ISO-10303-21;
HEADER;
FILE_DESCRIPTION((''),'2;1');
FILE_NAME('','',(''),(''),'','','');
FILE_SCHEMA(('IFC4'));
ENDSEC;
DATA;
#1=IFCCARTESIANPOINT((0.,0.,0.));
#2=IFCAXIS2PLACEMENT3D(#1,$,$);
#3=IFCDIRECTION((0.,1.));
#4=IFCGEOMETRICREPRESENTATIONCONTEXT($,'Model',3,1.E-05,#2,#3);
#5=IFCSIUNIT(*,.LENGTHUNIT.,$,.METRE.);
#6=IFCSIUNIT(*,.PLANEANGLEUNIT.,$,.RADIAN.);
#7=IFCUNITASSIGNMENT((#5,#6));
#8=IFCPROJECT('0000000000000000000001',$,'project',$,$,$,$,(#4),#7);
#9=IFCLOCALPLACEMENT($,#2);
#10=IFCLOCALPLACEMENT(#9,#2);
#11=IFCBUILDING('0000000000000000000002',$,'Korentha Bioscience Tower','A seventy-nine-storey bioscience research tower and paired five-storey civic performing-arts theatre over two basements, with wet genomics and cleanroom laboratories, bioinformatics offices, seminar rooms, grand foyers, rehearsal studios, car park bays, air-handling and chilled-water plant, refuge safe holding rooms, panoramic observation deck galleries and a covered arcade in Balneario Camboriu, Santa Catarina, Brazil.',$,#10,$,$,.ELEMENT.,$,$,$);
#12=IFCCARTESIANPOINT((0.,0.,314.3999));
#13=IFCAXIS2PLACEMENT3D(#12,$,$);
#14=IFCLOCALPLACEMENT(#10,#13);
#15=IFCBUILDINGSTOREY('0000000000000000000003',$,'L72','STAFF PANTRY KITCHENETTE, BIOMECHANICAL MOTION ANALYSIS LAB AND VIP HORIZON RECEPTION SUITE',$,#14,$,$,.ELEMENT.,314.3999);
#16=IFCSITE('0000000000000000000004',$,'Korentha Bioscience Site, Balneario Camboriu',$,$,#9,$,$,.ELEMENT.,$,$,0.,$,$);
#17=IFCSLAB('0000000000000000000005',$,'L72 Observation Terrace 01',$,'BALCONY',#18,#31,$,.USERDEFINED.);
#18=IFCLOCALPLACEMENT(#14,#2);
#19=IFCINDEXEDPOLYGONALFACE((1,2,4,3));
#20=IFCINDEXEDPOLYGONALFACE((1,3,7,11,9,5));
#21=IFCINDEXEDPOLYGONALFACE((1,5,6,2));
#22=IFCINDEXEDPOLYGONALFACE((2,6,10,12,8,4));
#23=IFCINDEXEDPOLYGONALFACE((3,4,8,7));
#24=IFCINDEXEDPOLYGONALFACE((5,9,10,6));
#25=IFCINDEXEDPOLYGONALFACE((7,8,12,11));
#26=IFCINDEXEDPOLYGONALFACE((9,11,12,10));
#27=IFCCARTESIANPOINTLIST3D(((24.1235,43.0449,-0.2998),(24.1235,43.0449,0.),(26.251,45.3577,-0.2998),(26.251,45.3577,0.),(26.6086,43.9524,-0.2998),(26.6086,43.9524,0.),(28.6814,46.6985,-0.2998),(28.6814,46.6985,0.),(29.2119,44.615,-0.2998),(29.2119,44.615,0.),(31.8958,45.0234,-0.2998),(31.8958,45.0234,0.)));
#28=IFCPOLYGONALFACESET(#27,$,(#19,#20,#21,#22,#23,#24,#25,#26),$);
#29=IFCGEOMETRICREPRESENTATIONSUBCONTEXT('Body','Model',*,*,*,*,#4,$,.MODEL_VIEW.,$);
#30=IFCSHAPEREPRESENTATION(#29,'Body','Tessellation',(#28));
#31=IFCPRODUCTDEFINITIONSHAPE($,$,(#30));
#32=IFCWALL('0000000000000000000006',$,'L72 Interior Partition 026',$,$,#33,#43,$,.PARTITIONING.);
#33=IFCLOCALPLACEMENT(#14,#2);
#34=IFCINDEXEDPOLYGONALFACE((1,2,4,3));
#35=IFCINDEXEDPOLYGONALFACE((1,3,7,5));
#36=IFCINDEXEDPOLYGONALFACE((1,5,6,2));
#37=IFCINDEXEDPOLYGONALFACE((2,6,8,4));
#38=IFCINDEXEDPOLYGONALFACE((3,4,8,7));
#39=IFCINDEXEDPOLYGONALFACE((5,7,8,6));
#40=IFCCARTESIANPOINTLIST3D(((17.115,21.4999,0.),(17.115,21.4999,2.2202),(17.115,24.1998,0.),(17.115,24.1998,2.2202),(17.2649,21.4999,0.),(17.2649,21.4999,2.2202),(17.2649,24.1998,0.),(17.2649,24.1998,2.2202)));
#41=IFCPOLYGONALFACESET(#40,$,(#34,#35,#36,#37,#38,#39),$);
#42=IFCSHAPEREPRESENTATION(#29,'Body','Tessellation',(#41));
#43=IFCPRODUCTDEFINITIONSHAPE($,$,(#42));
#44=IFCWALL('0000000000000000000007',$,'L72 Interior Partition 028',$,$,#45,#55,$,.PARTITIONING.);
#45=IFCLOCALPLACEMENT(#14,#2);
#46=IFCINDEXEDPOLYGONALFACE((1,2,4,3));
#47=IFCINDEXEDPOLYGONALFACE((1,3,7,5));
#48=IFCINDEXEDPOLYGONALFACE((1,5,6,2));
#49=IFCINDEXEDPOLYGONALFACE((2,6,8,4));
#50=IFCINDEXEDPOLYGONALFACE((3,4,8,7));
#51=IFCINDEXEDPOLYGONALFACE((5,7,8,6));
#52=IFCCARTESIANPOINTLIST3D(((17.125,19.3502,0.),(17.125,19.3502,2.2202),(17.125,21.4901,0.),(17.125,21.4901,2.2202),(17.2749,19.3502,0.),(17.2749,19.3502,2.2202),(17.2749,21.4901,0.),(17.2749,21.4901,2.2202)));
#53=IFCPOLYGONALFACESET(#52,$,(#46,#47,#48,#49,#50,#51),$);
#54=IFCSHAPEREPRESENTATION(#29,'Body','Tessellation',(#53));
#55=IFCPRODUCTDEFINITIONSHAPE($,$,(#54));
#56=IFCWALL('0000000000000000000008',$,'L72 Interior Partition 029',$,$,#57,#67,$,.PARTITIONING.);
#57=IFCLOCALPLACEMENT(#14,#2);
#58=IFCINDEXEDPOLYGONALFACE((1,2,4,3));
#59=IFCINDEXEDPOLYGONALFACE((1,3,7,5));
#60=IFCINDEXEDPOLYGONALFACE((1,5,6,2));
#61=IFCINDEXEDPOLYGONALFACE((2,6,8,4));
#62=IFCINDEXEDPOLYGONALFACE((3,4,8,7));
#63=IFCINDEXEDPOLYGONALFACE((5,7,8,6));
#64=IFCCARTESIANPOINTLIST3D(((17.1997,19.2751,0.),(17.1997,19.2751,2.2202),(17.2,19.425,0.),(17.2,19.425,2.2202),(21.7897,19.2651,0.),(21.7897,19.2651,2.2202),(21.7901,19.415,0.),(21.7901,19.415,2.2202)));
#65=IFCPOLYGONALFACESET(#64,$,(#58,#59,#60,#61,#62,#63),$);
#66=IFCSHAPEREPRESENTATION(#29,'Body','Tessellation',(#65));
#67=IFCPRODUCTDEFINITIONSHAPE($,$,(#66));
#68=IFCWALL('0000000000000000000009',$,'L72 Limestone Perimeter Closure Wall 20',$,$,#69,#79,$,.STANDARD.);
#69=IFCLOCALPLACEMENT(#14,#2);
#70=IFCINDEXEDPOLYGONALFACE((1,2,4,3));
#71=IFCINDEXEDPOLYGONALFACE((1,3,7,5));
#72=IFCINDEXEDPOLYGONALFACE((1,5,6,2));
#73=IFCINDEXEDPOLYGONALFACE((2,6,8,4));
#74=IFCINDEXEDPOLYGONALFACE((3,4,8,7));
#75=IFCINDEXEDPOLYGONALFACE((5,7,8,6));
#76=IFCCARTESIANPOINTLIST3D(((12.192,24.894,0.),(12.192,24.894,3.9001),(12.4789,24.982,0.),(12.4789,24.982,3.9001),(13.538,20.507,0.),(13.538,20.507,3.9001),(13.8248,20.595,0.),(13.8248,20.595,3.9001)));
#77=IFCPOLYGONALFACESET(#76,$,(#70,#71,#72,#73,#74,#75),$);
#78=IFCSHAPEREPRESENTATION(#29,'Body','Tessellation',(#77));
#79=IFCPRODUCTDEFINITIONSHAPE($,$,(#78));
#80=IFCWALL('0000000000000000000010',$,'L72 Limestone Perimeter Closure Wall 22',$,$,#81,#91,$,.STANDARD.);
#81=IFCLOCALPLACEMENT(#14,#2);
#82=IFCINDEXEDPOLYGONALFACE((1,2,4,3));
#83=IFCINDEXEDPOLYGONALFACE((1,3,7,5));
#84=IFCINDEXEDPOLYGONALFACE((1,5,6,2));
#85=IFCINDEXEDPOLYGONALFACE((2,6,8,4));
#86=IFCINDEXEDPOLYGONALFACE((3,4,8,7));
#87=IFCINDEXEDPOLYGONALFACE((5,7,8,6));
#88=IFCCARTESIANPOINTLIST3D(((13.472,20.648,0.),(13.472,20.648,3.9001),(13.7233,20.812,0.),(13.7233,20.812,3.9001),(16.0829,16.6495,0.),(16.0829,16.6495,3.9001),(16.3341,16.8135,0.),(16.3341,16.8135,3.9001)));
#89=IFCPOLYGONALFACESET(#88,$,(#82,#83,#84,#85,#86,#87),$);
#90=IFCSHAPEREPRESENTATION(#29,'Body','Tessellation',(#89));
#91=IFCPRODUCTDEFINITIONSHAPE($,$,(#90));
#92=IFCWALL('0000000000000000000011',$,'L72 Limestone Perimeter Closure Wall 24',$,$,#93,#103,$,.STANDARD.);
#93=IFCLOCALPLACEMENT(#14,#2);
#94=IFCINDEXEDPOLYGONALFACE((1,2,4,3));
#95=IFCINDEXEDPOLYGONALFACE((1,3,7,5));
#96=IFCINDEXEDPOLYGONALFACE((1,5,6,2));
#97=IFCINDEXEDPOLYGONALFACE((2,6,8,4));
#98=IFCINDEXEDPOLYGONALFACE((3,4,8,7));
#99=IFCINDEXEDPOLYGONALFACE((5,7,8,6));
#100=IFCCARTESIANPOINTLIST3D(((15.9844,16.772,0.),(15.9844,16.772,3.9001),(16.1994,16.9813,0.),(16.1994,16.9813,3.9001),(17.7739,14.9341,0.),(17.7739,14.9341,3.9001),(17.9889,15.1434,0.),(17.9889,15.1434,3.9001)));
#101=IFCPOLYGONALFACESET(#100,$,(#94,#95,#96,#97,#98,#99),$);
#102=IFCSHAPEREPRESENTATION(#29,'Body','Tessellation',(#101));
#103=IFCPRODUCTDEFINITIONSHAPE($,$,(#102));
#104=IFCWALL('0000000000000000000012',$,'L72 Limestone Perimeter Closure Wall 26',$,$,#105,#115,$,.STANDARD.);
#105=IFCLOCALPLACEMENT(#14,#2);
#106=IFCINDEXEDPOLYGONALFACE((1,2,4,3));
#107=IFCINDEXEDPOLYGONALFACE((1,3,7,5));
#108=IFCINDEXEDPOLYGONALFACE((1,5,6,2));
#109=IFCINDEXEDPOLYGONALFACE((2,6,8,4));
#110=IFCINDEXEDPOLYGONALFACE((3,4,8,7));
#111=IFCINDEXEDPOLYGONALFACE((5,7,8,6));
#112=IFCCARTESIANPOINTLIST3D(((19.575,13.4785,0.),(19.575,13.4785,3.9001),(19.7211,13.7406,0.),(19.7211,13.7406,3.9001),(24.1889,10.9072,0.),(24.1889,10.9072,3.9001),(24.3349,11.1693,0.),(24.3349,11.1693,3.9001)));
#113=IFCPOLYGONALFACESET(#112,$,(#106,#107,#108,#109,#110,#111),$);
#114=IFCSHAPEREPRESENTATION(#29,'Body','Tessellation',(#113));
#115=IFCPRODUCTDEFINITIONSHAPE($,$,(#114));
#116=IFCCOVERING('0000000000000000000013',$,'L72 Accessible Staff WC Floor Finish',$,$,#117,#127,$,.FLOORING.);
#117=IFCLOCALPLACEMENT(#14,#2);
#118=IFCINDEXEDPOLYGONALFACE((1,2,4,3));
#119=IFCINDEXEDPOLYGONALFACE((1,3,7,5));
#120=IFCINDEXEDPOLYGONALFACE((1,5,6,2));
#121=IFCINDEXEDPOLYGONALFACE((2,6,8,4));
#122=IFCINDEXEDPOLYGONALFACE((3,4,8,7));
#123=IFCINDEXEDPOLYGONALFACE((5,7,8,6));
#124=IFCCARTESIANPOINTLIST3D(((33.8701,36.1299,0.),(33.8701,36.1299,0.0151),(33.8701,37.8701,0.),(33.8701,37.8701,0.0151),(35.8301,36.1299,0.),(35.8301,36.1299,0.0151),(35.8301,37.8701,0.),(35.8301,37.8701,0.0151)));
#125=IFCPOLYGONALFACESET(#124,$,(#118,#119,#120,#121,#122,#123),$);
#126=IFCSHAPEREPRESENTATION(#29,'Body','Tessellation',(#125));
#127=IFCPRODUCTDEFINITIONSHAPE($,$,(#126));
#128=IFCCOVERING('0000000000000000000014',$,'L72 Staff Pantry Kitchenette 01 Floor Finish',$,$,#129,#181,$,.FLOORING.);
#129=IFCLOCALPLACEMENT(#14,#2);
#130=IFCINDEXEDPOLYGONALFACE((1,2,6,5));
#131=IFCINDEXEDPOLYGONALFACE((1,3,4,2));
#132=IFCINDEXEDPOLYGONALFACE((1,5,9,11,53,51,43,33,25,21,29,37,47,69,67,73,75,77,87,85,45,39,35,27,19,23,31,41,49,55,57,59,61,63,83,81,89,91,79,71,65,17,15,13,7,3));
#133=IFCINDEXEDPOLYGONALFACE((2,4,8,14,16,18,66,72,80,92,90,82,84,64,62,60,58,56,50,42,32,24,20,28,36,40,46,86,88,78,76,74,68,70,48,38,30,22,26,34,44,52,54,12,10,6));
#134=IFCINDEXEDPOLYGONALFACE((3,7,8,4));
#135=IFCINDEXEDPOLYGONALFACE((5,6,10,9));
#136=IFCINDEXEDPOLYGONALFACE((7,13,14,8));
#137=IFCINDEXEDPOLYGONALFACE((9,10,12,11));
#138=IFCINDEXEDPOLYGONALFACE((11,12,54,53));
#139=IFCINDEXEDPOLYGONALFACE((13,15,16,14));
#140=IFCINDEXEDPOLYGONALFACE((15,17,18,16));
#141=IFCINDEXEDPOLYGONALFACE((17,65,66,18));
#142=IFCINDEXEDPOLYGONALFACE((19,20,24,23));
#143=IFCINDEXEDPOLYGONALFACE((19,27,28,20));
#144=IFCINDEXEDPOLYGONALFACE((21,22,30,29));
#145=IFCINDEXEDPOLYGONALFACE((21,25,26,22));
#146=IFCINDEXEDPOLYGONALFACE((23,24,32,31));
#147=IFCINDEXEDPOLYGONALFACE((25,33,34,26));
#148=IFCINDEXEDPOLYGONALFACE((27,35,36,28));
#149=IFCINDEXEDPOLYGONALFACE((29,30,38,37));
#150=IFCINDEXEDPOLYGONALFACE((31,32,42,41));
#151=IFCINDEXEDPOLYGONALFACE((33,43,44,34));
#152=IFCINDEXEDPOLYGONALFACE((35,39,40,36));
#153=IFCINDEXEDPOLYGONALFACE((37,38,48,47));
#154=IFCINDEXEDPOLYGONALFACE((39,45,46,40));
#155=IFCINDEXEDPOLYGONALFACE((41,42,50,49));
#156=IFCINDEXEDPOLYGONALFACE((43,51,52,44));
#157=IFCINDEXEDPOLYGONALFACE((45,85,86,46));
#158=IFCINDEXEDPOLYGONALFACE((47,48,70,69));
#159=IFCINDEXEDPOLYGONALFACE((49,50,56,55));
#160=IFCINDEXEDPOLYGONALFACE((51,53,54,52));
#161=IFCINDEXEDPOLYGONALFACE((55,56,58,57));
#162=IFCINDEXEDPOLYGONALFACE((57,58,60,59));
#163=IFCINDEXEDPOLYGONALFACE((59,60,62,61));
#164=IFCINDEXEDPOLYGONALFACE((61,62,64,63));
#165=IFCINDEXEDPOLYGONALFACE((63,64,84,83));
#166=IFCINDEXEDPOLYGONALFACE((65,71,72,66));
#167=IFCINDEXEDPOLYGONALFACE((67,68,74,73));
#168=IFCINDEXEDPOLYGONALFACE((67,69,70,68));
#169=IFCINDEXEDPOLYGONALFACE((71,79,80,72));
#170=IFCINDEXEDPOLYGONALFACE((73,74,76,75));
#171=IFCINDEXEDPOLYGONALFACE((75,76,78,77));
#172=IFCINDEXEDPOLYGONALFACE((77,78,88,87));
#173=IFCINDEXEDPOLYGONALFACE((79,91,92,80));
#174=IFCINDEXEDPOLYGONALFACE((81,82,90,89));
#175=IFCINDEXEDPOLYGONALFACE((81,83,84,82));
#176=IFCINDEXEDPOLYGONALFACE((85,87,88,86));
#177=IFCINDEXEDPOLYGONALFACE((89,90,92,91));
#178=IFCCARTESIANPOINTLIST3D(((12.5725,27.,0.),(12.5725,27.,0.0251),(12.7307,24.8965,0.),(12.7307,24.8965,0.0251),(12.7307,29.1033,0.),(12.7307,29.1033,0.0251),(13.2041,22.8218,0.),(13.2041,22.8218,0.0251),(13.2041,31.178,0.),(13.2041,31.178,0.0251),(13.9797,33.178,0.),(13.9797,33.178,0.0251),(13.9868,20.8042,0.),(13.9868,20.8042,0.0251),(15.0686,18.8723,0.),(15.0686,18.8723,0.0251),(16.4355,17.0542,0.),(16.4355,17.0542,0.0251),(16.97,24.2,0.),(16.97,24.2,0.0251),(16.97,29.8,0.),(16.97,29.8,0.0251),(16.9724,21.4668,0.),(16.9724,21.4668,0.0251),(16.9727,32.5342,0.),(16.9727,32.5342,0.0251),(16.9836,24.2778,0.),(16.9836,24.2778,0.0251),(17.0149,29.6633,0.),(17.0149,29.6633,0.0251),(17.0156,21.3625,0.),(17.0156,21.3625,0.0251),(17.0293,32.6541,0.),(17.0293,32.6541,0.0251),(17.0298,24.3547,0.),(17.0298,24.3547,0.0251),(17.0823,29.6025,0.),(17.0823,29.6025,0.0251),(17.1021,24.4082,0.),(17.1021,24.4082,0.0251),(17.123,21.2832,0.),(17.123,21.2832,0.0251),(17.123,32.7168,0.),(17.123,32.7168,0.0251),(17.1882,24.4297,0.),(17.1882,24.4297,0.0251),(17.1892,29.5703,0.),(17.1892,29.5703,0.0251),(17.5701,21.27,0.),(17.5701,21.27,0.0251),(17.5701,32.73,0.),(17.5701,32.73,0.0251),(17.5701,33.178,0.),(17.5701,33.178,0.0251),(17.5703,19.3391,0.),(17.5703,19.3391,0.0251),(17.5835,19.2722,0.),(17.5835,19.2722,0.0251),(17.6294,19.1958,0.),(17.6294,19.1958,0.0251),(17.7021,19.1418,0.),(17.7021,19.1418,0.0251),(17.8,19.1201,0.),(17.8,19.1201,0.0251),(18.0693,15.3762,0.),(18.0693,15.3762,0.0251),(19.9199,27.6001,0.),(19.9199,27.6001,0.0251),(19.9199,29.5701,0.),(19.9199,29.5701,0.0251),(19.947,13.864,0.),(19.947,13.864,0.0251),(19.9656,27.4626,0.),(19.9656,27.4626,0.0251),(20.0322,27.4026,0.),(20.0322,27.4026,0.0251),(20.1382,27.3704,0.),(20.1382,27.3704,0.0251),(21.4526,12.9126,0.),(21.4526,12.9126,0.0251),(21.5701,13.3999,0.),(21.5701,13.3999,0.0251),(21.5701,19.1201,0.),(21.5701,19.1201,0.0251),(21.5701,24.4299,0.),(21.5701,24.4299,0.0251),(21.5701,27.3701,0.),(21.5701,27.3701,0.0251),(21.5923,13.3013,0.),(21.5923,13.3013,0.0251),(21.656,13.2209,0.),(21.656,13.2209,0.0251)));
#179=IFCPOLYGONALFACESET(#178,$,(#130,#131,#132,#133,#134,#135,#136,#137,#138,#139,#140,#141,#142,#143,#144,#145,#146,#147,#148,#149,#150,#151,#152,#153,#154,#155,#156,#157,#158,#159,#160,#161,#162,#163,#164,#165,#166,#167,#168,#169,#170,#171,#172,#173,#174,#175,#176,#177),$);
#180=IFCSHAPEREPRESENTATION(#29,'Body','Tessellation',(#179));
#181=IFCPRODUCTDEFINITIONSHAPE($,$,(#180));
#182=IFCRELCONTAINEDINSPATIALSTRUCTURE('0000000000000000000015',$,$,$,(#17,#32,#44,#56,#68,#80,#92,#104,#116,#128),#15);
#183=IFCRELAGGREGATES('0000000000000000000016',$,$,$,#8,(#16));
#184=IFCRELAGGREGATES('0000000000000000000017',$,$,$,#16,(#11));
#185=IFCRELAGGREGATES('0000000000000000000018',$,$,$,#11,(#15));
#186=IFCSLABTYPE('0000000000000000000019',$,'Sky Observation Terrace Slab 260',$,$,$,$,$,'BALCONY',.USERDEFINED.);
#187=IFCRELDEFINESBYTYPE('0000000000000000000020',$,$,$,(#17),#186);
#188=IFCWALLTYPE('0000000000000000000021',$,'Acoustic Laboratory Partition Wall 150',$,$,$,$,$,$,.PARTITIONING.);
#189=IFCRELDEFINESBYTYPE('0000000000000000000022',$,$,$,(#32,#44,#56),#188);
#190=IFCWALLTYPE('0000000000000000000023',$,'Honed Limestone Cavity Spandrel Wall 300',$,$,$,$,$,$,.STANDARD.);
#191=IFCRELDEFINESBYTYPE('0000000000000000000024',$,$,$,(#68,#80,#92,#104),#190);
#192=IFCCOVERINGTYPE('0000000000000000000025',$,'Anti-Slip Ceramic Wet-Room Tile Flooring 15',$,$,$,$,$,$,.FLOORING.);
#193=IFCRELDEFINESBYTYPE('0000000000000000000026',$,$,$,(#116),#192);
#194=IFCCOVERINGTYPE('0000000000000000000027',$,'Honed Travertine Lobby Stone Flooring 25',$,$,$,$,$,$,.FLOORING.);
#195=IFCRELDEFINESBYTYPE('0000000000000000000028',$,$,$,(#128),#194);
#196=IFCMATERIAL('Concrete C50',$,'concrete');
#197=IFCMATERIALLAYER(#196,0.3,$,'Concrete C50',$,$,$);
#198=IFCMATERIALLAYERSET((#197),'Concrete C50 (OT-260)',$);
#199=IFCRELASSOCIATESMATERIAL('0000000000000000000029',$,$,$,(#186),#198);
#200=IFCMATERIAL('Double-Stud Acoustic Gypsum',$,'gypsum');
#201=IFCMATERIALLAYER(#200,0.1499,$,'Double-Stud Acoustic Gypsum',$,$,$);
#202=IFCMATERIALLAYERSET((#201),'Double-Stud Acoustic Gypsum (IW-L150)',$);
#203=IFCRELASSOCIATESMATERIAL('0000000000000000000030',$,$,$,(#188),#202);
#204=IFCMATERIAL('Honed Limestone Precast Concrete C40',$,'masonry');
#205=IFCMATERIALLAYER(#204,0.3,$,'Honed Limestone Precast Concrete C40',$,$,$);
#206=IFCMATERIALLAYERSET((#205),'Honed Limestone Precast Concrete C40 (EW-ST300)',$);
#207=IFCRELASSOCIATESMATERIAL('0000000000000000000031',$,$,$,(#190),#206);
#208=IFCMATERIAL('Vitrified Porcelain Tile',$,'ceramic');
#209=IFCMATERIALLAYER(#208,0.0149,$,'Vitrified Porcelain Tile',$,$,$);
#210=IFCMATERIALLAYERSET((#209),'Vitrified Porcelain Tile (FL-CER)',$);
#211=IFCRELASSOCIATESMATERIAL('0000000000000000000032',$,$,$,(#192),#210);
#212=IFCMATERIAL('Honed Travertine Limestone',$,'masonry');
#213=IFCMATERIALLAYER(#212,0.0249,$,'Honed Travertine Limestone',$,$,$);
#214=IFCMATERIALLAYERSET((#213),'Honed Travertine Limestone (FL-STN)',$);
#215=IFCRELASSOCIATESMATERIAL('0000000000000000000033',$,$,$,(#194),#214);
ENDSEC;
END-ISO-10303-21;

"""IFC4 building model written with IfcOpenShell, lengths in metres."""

from ifc_helpers import new_model, si_unit, direction, frame, frame_2d, origin, place, context, subcontext, project, spatial, polyline, rectangle, outline, extrude, material, layer, layer_set, type_object, element, save


model = new_model("IFC4")

# Units and contexts
model_context = context("Model", 3, precision=1e-05, world=origin(), true_north=direction((0.0, 1.0)))
body_context = subcontext(model_context, "Body", "Model", "MODEL_VIEW")
ifc_project = project(units=[si_unit("LENGTHUNIT", "METRE"), si_unit("PLANEANGLEUNIT", "RADIAN")], contexts=[model_context])

# Site, building, storey
site_placement = place(None, origin())
site = spatial("IfcSite", under=ifc_project, at=site_placement, Name="Korentha Bioscience Site, Balneario Camboriu", CompositionType="ELEMENT", RefElevation=0.0)
building_placement = place(site_placement, origin())
building = spatial("IfcBuilding", under=site, at=building_placement, Name="Korentha Bioscience Tower", Description="A seventy-nine-storey bioscience research tower and paired five-storey civic performing-arts theatre over two basements, with wet genomics and cleanroom laboratories, bioinformatics offices, seminar rooms, grand foyers, rehearsal studios, car park bays, air-handling and chilled-water plant, refuge safe holding rooms, panoramic observation deck galleries and a covered arcade in Balneario Camboriu, Santa Catarina, Brazil.", CompositionType="ELEMENT")
storey_placement = place(building_placement, frame((0.0, 0.0, 314.3999)))
storey = spatial("IfcBuildingStorey", under=building, at=storey_placement, Name="L72", Description="STAFF PANTRY KITCHENETTE, BIOMECHANICAL MOTION ANALYSIS LAB AND VIP HORIZON RECEPTION SUITE", CompositionType="ELEMENT", Elevation=314.3999)

# Shared definitions
ifc_material_1 = material(Name="Concrete C50", Category="concrete")

# Slab
ifc_layer_1 = layer(ifc_material_1, 0.3, Name="Concrete C50")
ifc_layer_set_1 = layer_set([ifc_layer_1], Name="Concrete C50 (OT-260)")
slab_type_1 = type_object("IfcSlabType", Name="Sky Observation Terrace Slab 260", ElementType="BALCONY", PredefinedType="USERDEFINED", material=ifc_layer_set_1)
slab_1_placement = place(storey_placement, frame((0.0, 0.0, -0.2998)))
element("IfcSlab", 1, at=slab_1_placement, inside=storey, type_object=slab_type_1, Name="L72 Observation Terrace 01", ObjectType="BALCONY", PredefinedType="USERDEFINED", context=body_context, shape_type="SweptSolid", body=[
    extrude(outline(polyline([(24.1235, 43.0449), (26.6086, 43.9524), (29.2119, 44.615), (31.8958, 45.0234), (28.6814, 46.6985), (26.251, 45.3577), (24.1235, 43.0449)])), origin(), (0.0, 0.0, 1.0), 0.2998),
])

# Walls
ifc_material_2 = material(Name="Double-Stud Acoustic Gypsum", Category="gypsum")
ifc_layer_2 = layer(ifc_material_2, 0.1499, Name="Double-Stud Acoustic Gypsum")
ifc_layer_set_2 = layer_set([ifc_layer_2], Name="Double-Stud Acoustic Gypsum (IW-L150)")
wall_type_1 = type_object("IfcWallType", Name="Acoustic Laboratory Partition Wall 150", PredefinedType="PARTITIONING", material=ifc_layer_set_2)
wall_1_placement = place(storey_placement, frame((17.1899, 24.2, 0.0), z_axis=(0.0, 0.0, 1.0), x_axis=(0.0, -1.0, 0.0)))
element("IfcWall", 2, at=wall_1_placement, inside=storey, type_object=wall_type_1, Name="L72 Interior Partition 026", PredefinedType="PARTITIONING", context=body_context, shape_type="SweptSolid", body=[
    extrude(rectangle(XDim=2.7, YDim=0.1499, at=frame_2d((1.3501, 0.0))), origin(), (0.0, 0.0, 1.0), 2.2202),
])
wall_2_placement = place(storey_placement, frame((17.2, 21.49, 0.0), z_axis=(0.0, 0.0, 1.0), x_axis=(0.0, -1.0, 0.0)))
element("IfcWall", 3, at=wall_2_placement, inside=storey, type_object=wall_type_1, Name="L72 Interior Partition 028", PredefinedType="PARTITIONING", context=body_context, shape_type="SweptSolid", body=[
    extrude(rectangle(XDim=2.1399, YDim=0.1499, at=frame_2d((1.0698, 0.0))), origin(), (0.0, 0.0, 1.0), 2.2202),
])
wall_3_placement = place(storey_placement, frame((17.2, 19.3501, 0.0), z_axis=(0.0, 0.0, 1.0), x_axis=(0.999998, -0.002181, 0.0)))
element("IfcWall", 4, at=wall_3_placement, inside=storey, type_object=wall_type_1, Name="L72 Interior Partition 029", PredefinedType="PARTITIONING", context=body_context, shape_type="SweptSolid", body=[
    extrude(rectangle(XDim=4.5901, YDim=0.1499, at=frame_2d((2.2949, 0.0))), origin(), (0.0, 0.0, 1.0), 2.2202),
])
ifc_material_3 = material(Name="Honed Limestone Precast Concrete C40", Category="masonry")
ifc_layer_3 = layer(ifc_material_3, 0.3, Name="Honed Limestone Precast Concrete C40")
ifc_layer_set_3 = layer_set([ifc_layer_3], Name="Honed Limestone Precast Concrete C40 (EW-ST300)")
wall_type_2 = type_object("IfcWallType", Name="Honed Limestone Cavity Spandrel Wall 300", PredefinedType="STANDARD", material=ifc_layer_set_3)
wall_4_placement = place(storey_placement, frame((12.3354, 24.938, 0.0), z_axis=(0.0, 0.0, 1.0), x_axis=(0.293312, -0.956017, 0.0)))
element("IfcWall", 5, at=wall_4_placement, inside=storey, type_object=wall_type_2, Name="L72 Limestone Perimeter Closure Wall 20", PredefinedType="STANDARD", context=body_context, shape_type="SweptSolid", body=[
    extrude(rectangle(XDim=4.5889, YDim=0.3, at=frame_2d((2.2944, 0.0))), origin(), (0.0, 0.0, 1.0), 3.9001),
])
wall_5_placement = place(storey_placement, frame((13.5977, 20.73, 0.0), z_axis=(0.0, 0.0, 1.0), x_axis=(0.546723, -0.837313, 0.0)))
element("IfcWall", 6, at=wall_5_placement, inside=storey, type_object=wall_type_2, Name="L72 Limestone Perimeter Closure Wall 22", PredefinedType="STANDARD", context=body_context, shape_type="SweptSolid", body=[
    extrude(rectangle(XDim=4.7754, YDim=0.3, at=frame_2d((2.3877, 0.0))), origin(), (0.0, 0.0, 1.0), 3.9001),
])
wall_6_placement = place(storey_placement, frame((16.0918, 16.8767, 0.0), z_axis=(0.0, 0.0, 1.0), x_axis=(0.697622, -0.716466, 0.0)))
element("IfcWall", 7, at=wall_6_placement, inside=storey, type_object=wall_type_2, Name="L72 Limestone Perimeter Closure Wall 24", PredefinedType="STANDARD", context=body_context, shape_type="SweptSolid", body=[
    extrude(rectangle(XDim=2.5652, YDim=0.3, at=frame_2d((1.2827, 0.0))), origin(), (0.0, 0.0, 1.0), 3.9001),
])
wall_7_placement = place(storey_placement, frame((19.6479, 13.6096, 0.0), z_axis=(0.0, 0.0, 1.0), x_axis=(0.873507, -0.486812, 0.0)))
element("IfcWall", 8, at=wall_7_placement, inside=storey, type_object=wall_type_2, Name="L72 Limestone Perimeter Closure Wall 26", PredefinedType="STANDARD", context=body_context, shape_type="SweptSolid", body=[
    extrude(rectangle(XDim=5.282, YDim=0.3, at=frame_2d((2.6411, 0.0))), origin(), (0.0, 0.0, 1.0), 3.9001),
])

# Coverings
ifc_material_4 = material(Name="Vitrified Porcelain Tile", Category="ceramic")
ifc_layer_4 = layer(ifc_material_4, 0.0149, Name="Vitrified Porcelain Tile")
ifc_layer_set_4 = layer_set([ifc_layer_4], Name="Vitrified Porcelain Tile (FL-CER)")
covering_type_1 = type_object("IfcCoveringType", Name="Anti-Slip Ceramic Wet-Room Tile Flooring 15", PredefinedType="FLOORING", material=ifc_layer_set_4)
covering_1_placement = place(storey_placement, origin())
element("IfcCovering", 9, at=covering_1_placement, inside=storey, type_object=covering_type_1, Name="L72 Accessible Staff WC Floor Finish", PredefinedType="FLOORING", context=body_context, shape_type="SweptSolid", body=[
    extrude(outline(polyline([(33.8701, 36.1299), (33.8701, 37.8701), (35.8301, 37.8701), (35.8301, 36.1299), (33.8701, 36.1299)])), origin(), (0.0, 0.0, 1.0), 0.0151),
])
ifc_material_5 = material(Name="Honed Travertine Limestone", Category="masonry")
ifc_layer_5 = layer(ifc_material_5, 0.0249, Name="Honed Travertine Limestone")
ifc_layer_set_5 = layer_set([ifc_layer_5], Name="Honed Travertine Limestone (FL-STN)")
covering_type_2 = type_object("IfcCoveringType", Name="Honed Travertine Lobby Stone Flooring 25", PredefinedType="FLOORING", material=ifc_layer_set_5)
covering_2_placement = place(storey_placement, origin())
element("IfcCovering", 10, at=covering_2_placement, inside=storey, type_object=covering_type_2, Name="L72 Staff Pantry Kitchenette 01 Floor Finish", PredefinedType="FLOORING", context=body_context, shape_type="SweptSolid", body=[
    extrude(outline(polyline([(12.5725, 27.0), (12.7307, 29.1033), (13.2041, 31.178), (13.9797, 33.178), (17.5701, 33.178), (17.5701, 32.73), (17.123, 32.7168), (17.0293, 32.6541), (16.9727, 32.5342), (16.97, 29.8), (17.0149, 29.6633), (17.0823, 29.6025), (17.1892, 29.5703), (19.9199, 29.5701), (19.9199, 27.6001), (19.9656, 27.4626), (20.0322, 27.4026), (20.1382, 27.3704), (21.5701, 27.3701), (21.5701, 24.4299), (17.1882, 24.4297), (17.1021, 24.4082), (17.0298, 24.3547), (16.9836, 24.2778), (16.97, 24.2), (16.9724, 21.4668), (17.0156, 21.3625), (17.123, 21.2832), (17.5701, 21.27), (17.5703, 19.3391), (17.5835, 19.2722), (17.6294, 19.1958), (17.7021, 19.1418), (17.8, 19.1201), (21.5701, 19.1201), (21.5701, 13.3999), (21.5923, 13.3013), (21.656, 13.2209), (21.4526, 12.9126), (19.947, 13.864), (18.0693, 15.3762), (16.4355, 17.0542), (15.0686, 18.8723), (13.9868, 20.8042), (13.2041, 22.8218), (12.7307, 24.8965), (12.5725, 27.0)])), origin(), (0.0, 0.0, 1.0), 0.0251),
])

save(model, "model.ifc")
